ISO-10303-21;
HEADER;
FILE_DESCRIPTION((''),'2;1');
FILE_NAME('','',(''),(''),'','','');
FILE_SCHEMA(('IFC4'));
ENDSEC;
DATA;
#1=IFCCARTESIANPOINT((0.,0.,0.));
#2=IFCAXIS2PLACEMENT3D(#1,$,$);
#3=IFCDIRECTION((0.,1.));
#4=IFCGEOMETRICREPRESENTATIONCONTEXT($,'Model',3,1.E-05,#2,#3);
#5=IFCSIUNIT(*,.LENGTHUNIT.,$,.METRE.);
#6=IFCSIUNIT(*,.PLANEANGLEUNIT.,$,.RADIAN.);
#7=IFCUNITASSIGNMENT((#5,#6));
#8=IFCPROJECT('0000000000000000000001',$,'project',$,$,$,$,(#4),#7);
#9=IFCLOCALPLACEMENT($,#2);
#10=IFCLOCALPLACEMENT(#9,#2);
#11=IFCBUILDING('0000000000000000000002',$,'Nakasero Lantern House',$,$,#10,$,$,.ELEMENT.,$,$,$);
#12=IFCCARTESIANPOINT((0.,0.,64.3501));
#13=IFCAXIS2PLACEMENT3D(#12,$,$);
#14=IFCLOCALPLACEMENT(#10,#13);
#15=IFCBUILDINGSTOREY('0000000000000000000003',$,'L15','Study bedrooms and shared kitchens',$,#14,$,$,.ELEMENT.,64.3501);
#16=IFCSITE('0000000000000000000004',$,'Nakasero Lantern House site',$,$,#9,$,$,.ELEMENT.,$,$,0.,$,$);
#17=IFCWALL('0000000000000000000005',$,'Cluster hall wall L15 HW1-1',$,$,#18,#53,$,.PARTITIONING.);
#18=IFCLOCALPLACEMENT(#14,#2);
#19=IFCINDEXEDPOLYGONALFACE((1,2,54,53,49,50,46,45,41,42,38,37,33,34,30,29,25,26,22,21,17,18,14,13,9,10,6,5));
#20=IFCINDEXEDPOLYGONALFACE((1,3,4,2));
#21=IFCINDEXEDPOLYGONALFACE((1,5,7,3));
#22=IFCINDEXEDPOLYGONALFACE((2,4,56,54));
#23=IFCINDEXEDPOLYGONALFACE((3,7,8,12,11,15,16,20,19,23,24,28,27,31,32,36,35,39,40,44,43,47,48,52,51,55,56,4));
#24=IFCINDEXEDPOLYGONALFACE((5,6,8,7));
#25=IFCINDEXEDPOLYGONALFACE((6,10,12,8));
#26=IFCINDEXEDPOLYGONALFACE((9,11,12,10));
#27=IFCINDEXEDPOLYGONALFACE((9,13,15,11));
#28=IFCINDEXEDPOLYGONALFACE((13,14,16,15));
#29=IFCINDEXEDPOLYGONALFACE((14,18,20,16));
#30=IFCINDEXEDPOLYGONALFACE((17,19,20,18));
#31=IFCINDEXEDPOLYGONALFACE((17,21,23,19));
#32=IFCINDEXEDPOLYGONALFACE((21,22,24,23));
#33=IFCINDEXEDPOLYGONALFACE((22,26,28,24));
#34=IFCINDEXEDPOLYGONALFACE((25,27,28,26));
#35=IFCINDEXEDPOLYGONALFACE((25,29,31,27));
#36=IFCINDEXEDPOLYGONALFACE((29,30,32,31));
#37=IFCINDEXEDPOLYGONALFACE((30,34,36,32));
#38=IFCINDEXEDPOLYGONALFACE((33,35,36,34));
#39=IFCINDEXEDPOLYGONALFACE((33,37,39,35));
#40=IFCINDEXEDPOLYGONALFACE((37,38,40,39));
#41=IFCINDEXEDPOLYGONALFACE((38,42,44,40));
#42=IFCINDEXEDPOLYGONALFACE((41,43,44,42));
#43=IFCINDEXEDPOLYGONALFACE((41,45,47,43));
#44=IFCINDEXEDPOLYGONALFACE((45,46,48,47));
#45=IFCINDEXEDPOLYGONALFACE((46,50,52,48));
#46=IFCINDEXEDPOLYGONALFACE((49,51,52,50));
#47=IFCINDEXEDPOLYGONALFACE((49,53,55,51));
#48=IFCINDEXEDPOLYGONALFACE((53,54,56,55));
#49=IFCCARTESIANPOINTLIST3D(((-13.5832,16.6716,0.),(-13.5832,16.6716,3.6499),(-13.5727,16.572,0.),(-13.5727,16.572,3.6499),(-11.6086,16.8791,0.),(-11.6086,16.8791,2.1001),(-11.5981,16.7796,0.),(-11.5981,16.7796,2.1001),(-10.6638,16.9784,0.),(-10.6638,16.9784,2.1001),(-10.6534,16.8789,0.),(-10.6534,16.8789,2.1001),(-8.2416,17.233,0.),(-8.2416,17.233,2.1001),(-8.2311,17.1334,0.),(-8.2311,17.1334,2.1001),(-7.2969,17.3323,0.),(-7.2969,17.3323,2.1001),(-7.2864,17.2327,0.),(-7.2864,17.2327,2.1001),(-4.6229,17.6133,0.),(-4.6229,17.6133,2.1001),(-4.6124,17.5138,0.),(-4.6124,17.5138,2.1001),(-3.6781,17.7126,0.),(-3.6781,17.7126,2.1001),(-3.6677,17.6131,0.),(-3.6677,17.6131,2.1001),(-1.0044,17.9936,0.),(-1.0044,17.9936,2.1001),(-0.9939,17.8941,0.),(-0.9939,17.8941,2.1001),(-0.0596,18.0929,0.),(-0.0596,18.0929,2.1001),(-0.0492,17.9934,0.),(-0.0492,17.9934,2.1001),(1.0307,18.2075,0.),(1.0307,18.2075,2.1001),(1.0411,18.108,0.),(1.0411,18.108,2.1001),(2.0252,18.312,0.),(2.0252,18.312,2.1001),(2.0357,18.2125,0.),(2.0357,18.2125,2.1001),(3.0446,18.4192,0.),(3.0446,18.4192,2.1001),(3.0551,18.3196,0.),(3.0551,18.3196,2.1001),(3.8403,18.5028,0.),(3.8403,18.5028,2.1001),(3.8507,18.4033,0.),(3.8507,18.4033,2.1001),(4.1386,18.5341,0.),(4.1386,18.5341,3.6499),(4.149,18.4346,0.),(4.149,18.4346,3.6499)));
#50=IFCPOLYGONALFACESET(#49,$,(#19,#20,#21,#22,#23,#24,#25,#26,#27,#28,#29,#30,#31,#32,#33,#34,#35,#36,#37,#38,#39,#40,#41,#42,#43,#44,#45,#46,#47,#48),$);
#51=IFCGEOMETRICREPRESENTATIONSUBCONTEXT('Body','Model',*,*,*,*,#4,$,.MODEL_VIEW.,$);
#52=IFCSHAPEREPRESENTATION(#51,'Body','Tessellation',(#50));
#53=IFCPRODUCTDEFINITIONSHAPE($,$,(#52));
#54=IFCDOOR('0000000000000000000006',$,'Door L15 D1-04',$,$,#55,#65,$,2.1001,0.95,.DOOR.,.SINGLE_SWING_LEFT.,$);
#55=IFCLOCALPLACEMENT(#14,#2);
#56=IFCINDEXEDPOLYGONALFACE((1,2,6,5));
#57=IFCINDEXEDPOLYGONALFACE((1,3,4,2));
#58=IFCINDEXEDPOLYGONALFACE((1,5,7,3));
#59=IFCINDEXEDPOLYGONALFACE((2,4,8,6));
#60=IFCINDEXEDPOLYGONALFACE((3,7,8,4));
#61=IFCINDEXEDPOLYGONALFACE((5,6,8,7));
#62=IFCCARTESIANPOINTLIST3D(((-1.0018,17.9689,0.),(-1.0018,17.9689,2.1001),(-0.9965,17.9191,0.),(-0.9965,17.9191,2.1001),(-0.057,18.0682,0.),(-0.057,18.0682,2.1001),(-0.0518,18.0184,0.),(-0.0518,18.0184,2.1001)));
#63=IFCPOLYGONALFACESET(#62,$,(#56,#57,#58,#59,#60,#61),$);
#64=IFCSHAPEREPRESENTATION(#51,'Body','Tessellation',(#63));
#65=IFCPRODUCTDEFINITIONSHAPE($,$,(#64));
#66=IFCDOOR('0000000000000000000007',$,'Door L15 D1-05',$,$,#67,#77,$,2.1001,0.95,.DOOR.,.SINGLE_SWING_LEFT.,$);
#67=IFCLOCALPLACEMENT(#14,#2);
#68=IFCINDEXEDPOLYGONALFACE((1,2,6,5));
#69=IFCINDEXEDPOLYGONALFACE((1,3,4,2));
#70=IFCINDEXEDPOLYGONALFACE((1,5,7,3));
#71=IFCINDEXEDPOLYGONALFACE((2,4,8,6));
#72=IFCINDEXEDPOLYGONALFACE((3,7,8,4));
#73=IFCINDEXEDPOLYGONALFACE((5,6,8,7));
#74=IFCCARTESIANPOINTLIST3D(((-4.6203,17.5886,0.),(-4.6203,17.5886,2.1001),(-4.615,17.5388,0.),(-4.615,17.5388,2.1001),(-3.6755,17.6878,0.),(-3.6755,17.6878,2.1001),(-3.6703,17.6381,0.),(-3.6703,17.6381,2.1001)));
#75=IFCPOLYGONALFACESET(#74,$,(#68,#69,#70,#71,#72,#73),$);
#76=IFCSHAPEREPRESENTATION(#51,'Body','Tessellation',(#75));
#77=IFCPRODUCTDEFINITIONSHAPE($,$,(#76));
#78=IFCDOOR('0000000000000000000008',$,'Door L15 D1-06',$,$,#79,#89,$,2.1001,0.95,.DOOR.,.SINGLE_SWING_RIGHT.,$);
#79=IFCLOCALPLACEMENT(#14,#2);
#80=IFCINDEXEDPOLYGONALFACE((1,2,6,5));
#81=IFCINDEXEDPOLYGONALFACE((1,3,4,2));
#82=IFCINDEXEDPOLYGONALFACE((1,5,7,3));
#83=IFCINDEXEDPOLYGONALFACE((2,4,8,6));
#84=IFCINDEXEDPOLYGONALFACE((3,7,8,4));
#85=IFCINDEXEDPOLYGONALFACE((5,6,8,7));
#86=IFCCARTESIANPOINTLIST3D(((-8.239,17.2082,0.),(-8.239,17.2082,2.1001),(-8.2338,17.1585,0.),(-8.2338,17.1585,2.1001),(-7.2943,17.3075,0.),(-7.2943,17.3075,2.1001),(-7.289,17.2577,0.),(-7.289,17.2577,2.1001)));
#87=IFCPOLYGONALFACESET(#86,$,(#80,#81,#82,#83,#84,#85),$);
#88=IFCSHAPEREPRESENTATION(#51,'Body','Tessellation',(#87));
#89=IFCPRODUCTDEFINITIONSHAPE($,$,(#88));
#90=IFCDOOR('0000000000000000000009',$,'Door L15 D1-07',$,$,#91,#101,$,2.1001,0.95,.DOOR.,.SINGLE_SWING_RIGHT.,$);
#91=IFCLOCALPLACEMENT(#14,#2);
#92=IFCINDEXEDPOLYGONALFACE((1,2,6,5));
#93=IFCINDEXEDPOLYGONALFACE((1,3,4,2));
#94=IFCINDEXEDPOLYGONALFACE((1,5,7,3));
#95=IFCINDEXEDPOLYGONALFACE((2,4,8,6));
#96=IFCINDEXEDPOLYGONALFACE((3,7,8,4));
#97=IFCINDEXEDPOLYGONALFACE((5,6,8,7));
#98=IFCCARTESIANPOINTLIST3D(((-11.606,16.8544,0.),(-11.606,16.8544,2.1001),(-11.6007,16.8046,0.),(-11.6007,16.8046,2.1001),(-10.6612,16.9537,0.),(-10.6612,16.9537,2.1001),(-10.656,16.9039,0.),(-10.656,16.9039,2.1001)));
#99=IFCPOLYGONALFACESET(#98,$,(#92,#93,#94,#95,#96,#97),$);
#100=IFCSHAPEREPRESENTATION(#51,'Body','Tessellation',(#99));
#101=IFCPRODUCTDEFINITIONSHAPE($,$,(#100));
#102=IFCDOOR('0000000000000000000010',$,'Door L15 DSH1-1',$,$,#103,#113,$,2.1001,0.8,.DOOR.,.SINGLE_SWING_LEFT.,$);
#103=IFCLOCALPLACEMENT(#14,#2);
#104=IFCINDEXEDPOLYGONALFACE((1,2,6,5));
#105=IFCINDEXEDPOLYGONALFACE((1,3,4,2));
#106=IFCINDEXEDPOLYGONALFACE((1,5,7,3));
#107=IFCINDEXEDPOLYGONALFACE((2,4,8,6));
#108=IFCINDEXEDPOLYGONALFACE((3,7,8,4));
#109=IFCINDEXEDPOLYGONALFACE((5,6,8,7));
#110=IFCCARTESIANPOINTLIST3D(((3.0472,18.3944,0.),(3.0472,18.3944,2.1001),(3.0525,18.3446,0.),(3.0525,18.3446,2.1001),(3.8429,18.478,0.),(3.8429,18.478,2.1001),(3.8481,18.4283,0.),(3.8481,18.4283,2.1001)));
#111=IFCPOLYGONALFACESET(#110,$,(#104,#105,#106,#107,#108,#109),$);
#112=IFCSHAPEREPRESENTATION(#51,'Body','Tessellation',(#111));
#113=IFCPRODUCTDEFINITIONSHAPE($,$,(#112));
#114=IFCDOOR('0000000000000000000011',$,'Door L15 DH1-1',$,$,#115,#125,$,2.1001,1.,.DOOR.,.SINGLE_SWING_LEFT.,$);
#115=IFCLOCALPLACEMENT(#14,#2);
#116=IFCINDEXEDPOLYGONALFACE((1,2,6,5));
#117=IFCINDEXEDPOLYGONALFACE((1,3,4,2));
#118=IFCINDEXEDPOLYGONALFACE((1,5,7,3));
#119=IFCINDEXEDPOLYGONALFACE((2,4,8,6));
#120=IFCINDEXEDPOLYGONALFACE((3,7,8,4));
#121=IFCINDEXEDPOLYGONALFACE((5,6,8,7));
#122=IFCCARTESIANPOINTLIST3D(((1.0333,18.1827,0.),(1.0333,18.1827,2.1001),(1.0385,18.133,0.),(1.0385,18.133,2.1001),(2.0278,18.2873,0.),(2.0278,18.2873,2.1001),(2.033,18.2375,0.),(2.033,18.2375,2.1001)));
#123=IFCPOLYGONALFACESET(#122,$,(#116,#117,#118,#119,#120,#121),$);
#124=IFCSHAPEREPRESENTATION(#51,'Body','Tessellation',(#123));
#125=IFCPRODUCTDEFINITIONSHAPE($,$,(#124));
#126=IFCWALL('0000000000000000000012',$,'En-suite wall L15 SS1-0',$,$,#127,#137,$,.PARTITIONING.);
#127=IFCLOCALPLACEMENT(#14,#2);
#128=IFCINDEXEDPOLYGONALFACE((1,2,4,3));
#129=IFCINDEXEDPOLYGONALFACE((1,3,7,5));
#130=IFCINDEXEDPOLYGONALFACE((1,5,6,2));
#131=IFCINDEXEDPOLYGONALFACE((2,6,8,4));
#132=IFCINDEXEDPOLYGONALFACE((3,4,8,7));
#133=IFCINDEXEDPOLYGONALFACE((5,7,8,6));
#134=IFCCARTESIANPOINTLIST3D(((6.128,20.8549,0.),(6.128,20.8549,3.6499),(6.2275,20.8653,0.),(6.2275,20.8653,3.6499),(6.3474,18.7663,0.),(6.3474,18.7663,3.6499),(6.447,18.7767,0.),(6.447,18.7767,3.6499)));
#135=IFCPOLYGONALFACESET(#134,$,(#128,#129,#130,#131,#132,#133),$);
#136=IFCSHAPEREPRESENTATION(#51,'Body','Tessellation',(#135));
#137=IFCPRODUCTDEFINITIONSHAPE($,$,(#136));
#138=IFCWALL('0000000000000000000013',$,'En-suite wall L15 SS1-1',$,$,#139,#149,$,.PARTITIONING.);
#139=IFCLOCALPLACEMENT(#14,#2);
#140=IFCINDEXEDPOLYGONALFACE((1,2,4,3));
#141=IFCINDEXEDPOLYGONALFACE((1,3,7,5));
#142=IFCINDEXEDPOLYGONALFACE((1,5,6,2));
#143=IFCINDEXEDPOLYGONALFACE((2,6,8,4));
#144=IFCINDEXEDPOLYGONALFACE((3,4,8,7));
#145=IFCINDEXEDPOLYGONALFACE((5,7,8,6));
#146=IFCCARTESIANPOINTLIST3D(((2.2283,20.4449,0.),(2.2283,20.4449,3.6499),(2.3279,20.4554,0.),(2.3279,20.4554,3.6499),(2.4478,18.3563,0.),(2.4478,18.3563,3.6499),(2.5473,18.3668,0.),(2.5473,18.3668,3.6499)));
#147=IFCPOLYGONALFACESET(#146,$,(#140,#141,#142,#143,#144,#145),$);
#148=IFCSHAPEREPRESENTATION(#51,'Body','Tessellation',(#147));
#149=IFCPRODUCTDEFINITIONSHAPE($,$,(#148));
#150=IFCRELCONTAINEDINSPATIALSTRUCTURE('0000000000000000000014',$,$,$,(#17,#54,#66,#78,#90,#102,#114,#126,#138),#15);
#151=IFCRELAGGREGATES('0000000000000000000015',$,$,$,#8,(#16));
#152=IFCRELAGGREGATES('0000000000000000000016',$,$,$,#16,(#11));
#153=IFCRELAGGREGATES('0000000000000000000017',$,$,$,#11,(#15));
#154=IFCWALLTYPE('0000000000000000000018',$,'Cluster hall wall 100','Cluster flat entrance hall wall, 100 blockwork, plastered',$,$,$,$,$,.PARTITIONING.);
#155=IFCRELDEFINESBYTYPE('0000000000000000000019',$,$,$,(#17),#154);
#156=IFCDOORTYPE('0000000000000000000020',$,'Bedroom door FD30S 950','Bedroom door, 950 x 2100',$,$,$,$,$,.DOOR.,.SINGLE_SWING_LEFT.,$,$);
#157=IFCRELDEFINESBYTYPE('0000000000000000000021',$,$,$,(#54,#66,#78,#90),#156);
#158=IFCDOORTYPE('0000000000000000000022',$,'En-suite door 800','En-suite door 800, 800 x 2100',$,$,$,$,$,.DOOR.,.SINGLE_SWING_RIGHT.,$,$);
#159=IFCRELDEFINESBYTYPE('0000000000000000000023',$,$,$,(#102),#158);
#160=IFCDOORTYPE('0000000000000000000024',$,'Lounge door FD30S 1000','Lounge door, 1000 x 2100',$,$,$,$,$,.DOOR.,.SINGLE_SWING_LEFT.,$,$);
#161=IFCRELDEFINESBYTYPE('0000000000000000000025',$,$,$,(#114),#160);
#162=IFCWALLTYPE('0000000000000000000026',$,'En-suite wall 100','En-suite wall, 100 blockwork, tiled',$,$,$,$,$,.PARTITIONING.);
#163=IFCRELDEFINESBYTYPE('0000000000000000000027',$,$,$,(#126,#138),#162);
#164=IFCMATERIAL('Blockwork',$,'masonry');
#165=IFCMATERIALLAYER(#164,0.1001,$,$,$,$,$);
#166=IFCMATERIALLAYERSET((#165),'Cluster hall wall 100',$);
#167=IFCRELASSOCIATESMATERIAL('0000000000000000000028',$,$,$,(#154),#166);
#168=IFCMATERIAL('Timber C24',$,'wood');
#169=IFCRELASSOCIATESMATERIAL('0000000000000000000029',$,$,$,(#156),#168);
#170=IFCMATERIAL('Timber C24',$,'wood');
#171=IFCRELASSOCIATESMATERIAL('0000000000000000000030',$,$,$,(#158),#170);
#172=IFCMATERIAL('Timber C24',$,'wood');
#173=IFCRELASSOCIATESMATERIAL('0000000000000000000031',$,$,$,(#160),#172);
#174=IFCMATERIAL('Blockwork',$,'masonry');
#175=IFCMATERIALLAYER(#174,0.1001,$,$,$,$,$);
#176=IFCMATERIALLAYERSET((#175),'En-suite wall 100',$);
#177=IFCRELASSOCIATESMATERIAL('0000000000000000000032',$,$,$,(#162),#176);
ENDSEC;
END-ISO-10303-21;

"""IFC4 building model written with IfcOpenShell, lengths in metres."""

from ifc_helpers import new_model, si_unit, direction, frame, frame_2d, origin, place, context, subcontext, project, spatial, rectangle, extrude, material, layer, layer_set, type_object, element, fill, save


model = new_model("IFC4")

# Units and contexts
model_context = context("Model", 3, precision=1e-05, world=origin(), true_north=direction((0.0, 1.0)))
body_context = subcontext(model_context, "Body", "Model", "MODEL_VIEW")
ifc_project = project(units=[si_unit("LENGTHUNIT", "METRE"), si_unit("PLANEANGLEUNIT", "RADIAN")], contexts=[model_context])

# Site, building, storey
site_placement = place(None, origin())
site = spatial("IfcSite", under=ifc_project, at=site_placement, Name="Nakasero Lantern House site", CompositionType="ELEMENT", RefElevation=0.0)
building_placement = place(site_placement, origin())
building = spatial("IfcBuilding", under=site, at=building_placement, Name="Nakasero Lantern House", CompositionType="ELEMENT")
storey_placement = place(building_placement, frame((0.0, 0.0, 64.3501)))
storey = spatial("IfcBuildingStorey", under=building, at=storey_placement, Name="L15", Description="Study bedrooms and shared kitchens", CompositionType="ELEMENT", Elevation=64.3501)

# Wall, openings, doors
ifc_material_1 = material(Name="Blockwork", Category="masonry")
ifc_layer_1 = layer(ifc_material_1, 0.1001)
ifc_layer_set_1 = layer_set([ifc_layer_1], Name="Cluster hall wall 100")
wall_type_1 = type_object("IfcWallType", Name="Cluster hall wall 100", Description="Cluster flat entrance hall wall, 100 blockwork, plastered", PredefinedType="PARTITIONING", material=ifc_layer_set_1)
wall_1_placement = place(storey_placement, frame((4.1438, 18.4844, 0.0), z_axis=(0.0, 0.0, 1.0), x_axis=(-0.994522, -0.104524, 0.0)))
wall_1 = element("IfcWall", 1, at=wall_1_placement, inside=storey, type_object=wall_type_1, Name="Cluster hall wall L15 HW1-1", PredefinedType="PARTITIONING", context=body_context, shape_type="SweptSolid", body=[
    extrude(rectangle(XDim=17.8193, YDim=0.1001, at=frame_2d((8.9097, 0.0))), origin(), (0.0, 0.0, 1.0), 3.6499),
])
opening_1_placement = place(wall_1_placement, frame((2.125, 0.0, 0.0)))
opening_1 = element("IfcOpeningElement", 2, at=opening_1_placement, cuts=wall_1, PredefinedType="OPENING", context=body_context, shape_type="SweptSolid", body=[
    extrude(rectangle(XDim=1.0, YDim=2.1001, at=frame_2d((0.5, 1.05))), frame((0.0, 0.0701, 0.0), z_axis=(0.0, -1.0, 0.0), x_axis=(1.0, 0.0, 0.0)), (0.0, 0.0, 1.0), 0.1401),
])
opening_2_placement = place(wall_1_placement, frame((0.3, 0.0, 0.0)))
opening_2 = element("IfcOpeningElement", 3, at=opening_2_placement, cuts=wall_1, PredefinedType="OPENING", context=body_context, shape_type="SweptSolid", body=[
    extrude(rectangle(XDim=0.8, YDim=2.1001, at=frame_2d((0.3999, 1.05))), frame((0.0, 0.0701, 0.0), z_axis=(0.0, -1.0, 0.0), x_axis=(1.0, 0.0, 0.0)), (0.0, 0.0, 1.0), 0.1401),
])
opening_3_placement = place(wall_1_placement, frame((4.2212, 0.0, 0.0)))
opening_3 = element("IfcOpeningElement", 4, at=opening_3_placement, cuts=wall_1, PredefinedType="OPENING", context=body_context, shape_type="SweptSolid", body=[
    extrude(rectangle(XDim=0.95, YDim=2.1001, at=frame_2d((0.4751, 1.05))), frame((0.0, 0.0701, 0.0), z_axis=(0.0, -1.0, 0.0), x_axis=(1.0, 0.0, 0.0)), (0.0, 0.0, 1.0), 0.1401),
])
opening_4_placement = place(wall_1_placement, frame((7.8596, 0.0, 0.0)))
opening_4 = element("IfcOpeningElement", 5, at=opening_4_placement, cuts=wall_1, PredefinedType="OPENING", context=body_context, shape_type="SweptSolid", body=[
    extrude(rectangle(XDim=0.95, YDim=2.1001, at=frame_2d((0.4751, 1.05))), frame((0.0, 0.0701, 0.0), z_axis=(0.0, -1.0, 0.0), x_axis=(1.0, 0.0, 0.0)), (0.0, 0.0, 1.0), 0.1401),
])
opening_5_placement = place(wall_1_placement, frame((11.4983, 0.0, 0.0)))
opening_5 = element("IfcOpeningElement", 6, at=opening_5_placement, cuts=wall_1, PredefinedType="OPENING", context=body_context, shape_type="SweptSolid", body=[
    extrude(rectangle(XDim=0.95, YDim=2.1001, at=frame_2d((0.4751, 1.05))), frame((0.0, 0.0701, 0.0), z_axis=(0.0, -1.0, 0.0), x_axis=(1.0, 0.0, 0.0)), (0.0, 0.0, 1.0), 0.1401),
])
opening_6_placement = place(wall_1_placement, frame((14.8838, 0.0, 0.0)))
opening_6 = element("IfcOpeningElement", 7, at=opening_6_placement, cuts=wall_1, PredefinedType="OPENING", context=body_context, shape_type="SweptSolid", body=[
    extrude(rectangle(XDim=0.95, YDim=2.1001, at=frame_2d((0.4751, 1.05))), frame((0.0, 0.0701, 0.0), z_axis=(0.0, -1.0, 0.0), x_axis=(1.0, 0.0, 0.0)), (0.0, 0.0, 1.0), 0.1401),
])
ifc_material_2 = material(Name="Timber C24", Category="wood")
door_type_1 = type_object("IfcDoorType", Name="Bedroom door FD30S 950", Description="Bedroom door, 950 x 2100", OperationType="SINGLE_SWING_LEFT", PredefinedType="DOOR", material=ifc_material_2)
door_1_placement = place(opening_3_placement, origin())
door_1 = element("IfcDoor", 8, at=door_1_placement, inside=storey, type_object=door_type_1, Name="Door L15 D1-04", OperationType="SINGLE_SWING_LEFT", OverallHeight=2.1001, OverallWidth=0.95, PredefinedType="DOOR", context=body_context, shape_type="SweptSolid", body=[
    extrude(rectangle(XDim=0.95, YDim=2.1001, at=frame_2d((0.4751, 1.05))), frame((0.0, 0.0249, 0.0), z_axis=(0.0, -1.0, 0.0), x_axis=(1.0, 0.0, 0.0)), (0.0, 0.0, 1.0), 0.05),
])
fill(opening_3, door_1)
door_2_placement = place(opening_4_placement, origin())
door_2 = element("IfcDoor", 9, at=door_2_placement, inside=storey, type_object=door_type_1, Name="Door L15 D1-05", OperationType="SINGLE_SWING_LEFT", OverallHeight=2.1001, OverallWidth=0.95, PredefinedType="DOOR", context=body_context, shape_type="SweptSolid", body=[
    extrude(rectangle(XDim=0.95, YDim=2.1001, at=frame_2d((0.4751, 1.05))), frame((0.0, 0.0249, 0.0), z_axis=(0.0, -1.0, 0.0), x_axis=(1.0, 0.0, 0.0)), (0.0, 0.0, 1.0), 0.05),
])
fill(opening_4, door_2)
door_3_placement = place(opening_5_placement, origin())
door_3 = element("IfcDoor", 10, at=door_3_placement, inside=storey, type_object=door_type_1, Name="Door L15 D1-06", OperationType="SINGLE_SWING_RIGHT", OverallHeight=2.1001, OverallWidth=0.95, PredefinedType="DOOR", context=body_context, shape_type="SweptSolid", body=[
    extrude(rectangle(XDim=0.95, YDim=2.1001, at=frame_2d((0.4751, 1.05))), frame((0.0, 0.0249, 0.0), z_axis=(0.0, -1.0, 0.0), x_axis=(1.0, 0.0, 0.0)), (0.0, 0.0, 1.0), 0.05),
])
fill(opening_5, door_3)
door_4_placement = place(opening_6_placement, origin())
door_4 = element("IfcDoor", 11, at=door_4_placement, inside=storey, type_object=door_type_1, Name="Door L15 D1-07", OperationType="SINGLE_SWING_RIGHT", OverallHeight=2.1001, OverallWidth=0.95, PredefinedType="DOOR", context=body_context, shape_type="SweptSolid", body=[
    extrude(rectangle(XDim=0.95, YDim=2.1001, at=frame_2d((0.4751, 1.05))), frame((0.0, 0.0249, 0.0), z_axis=(0.0, -1.0, 0.0), x_axis=(1.0, 0.0, 0.0)), (0.0, 0.0, 1.0), 0.05),
])
fill(opening_6, door_4)
ifc_material_3 = material(Name="Timber C24", Category="wood")
door_type_2 = type_object("IfcDoorType", Name="En-suite door 800", Description="En-suite door 800, 800 x 2100", OperationType="SINGLE_SWING_RIGHT", PredefinedType="DOOR", material=ifc_material_3)
door_5_placement = place(opening_2_placement, origin())
door_5 = element("IfcDoor", 12, at=door_5_placement, inside=storey, type_object=door_type_2, Name="Door L15 DSH1-1", OperationType="SINGLE_SWING_LEFT", OverallHeight=2.1001, OverallWidth=0.8, PredefinedType="DOOR", context=body_context, shape_type="SweptSolid", body=[
    extrude(rectangle(XDim=0.8, YDim=2.1001, at=frame_2d((0.3999, 1.05))), frame((0.0, 0.0249, 0.0), z_axis=(0.0, -1.0, 0.0), x_axis=(1.0, 0.0, 0.0)), (0.0, 0.0, 1.0), 0.05),
])
fill(opening_2, door_5)
ifc_material_4 = material(Name="Timber C24", Category="wood")
door_type_3 = type_object("IfcDoorType", Name="Lounge door FD30S 1000", Description="Lounge door, 1000 x 2100", OperationType="SINGLE_SWING_LEFT", PredefinedType="DOOR", material=ifc_material_4)
door_6_placement = place(opening_1_placement, origin())
door_6 = element("IfcDoor", 13, at=door_6_placement, inside=storey, type_object=door_type_3, Name="Door L15 DH1-1", OperationType="SINGLE_SWING_LEFT", OverallHeight=2.1001, OverallWidth=1.0, PredefinedType="DOOR", context=body_context, shape_type="SweptSolid", body=[
    extrude(rectangle(XDim=1.0, YDim=2.1001, at=frame_2d((0.5, 1.05))), frame((0.0, 0.0249, 0.0), z_axis=(0.0, -1.0, 0.0), x_axis=(1.0, 0.0, 0.0)), (0.0, 0.0, 1.0), 0.05),
])
fill(opening_1, door_6)

# Walls
ifc_material_5 = material(Name="Blockwork", Category="masonry")
ifc_layer_2 = layer(ifc_material_5, 0.1001)
ifc_layer_set_2 = layer_set([ifc_layer_2], Name="En-suite wall 100")
wall_type_2 = type_object("IfcWallType", Name="En-suite wall 100", Description="En-suite wall, 100 blockwork, tiled", PredefinedType="PARTITIONING", material=ifc_layer_set_2)
for number, where, z_axis, x_axis, name in (
    (14, (6.3972, 18.7715, 0.0), (0.0, 0.0, 1.0), (-0.104509, 0.994524, 0.0), "En-suite wall L15 SS1-0"),
    (15, (2.4976, 18.3616, 0.0), (0.0, 0.0, 1.0), (-0.104509, 0.994524, 0.0), "En-suite wall L15 SS1-1"),
):
    element("IfcWall", number, at=place(storey_placement, frame(where, z_axis=z_axis, x_axis=x_axis)), inside=storey, type_object=wall_type_2, Name=name, PredefinedType="PARTITIONING", context=body_context, shape_type="SweptSolid", body=[
        extrude(rectangle(XDim=2.1001, YDim=0.1001, at=frame_2d((1.05, 0.0))), origin(), (0.0, 0.0, 1.0), 3.6499),
    ])

save(model, "model.ifc")
